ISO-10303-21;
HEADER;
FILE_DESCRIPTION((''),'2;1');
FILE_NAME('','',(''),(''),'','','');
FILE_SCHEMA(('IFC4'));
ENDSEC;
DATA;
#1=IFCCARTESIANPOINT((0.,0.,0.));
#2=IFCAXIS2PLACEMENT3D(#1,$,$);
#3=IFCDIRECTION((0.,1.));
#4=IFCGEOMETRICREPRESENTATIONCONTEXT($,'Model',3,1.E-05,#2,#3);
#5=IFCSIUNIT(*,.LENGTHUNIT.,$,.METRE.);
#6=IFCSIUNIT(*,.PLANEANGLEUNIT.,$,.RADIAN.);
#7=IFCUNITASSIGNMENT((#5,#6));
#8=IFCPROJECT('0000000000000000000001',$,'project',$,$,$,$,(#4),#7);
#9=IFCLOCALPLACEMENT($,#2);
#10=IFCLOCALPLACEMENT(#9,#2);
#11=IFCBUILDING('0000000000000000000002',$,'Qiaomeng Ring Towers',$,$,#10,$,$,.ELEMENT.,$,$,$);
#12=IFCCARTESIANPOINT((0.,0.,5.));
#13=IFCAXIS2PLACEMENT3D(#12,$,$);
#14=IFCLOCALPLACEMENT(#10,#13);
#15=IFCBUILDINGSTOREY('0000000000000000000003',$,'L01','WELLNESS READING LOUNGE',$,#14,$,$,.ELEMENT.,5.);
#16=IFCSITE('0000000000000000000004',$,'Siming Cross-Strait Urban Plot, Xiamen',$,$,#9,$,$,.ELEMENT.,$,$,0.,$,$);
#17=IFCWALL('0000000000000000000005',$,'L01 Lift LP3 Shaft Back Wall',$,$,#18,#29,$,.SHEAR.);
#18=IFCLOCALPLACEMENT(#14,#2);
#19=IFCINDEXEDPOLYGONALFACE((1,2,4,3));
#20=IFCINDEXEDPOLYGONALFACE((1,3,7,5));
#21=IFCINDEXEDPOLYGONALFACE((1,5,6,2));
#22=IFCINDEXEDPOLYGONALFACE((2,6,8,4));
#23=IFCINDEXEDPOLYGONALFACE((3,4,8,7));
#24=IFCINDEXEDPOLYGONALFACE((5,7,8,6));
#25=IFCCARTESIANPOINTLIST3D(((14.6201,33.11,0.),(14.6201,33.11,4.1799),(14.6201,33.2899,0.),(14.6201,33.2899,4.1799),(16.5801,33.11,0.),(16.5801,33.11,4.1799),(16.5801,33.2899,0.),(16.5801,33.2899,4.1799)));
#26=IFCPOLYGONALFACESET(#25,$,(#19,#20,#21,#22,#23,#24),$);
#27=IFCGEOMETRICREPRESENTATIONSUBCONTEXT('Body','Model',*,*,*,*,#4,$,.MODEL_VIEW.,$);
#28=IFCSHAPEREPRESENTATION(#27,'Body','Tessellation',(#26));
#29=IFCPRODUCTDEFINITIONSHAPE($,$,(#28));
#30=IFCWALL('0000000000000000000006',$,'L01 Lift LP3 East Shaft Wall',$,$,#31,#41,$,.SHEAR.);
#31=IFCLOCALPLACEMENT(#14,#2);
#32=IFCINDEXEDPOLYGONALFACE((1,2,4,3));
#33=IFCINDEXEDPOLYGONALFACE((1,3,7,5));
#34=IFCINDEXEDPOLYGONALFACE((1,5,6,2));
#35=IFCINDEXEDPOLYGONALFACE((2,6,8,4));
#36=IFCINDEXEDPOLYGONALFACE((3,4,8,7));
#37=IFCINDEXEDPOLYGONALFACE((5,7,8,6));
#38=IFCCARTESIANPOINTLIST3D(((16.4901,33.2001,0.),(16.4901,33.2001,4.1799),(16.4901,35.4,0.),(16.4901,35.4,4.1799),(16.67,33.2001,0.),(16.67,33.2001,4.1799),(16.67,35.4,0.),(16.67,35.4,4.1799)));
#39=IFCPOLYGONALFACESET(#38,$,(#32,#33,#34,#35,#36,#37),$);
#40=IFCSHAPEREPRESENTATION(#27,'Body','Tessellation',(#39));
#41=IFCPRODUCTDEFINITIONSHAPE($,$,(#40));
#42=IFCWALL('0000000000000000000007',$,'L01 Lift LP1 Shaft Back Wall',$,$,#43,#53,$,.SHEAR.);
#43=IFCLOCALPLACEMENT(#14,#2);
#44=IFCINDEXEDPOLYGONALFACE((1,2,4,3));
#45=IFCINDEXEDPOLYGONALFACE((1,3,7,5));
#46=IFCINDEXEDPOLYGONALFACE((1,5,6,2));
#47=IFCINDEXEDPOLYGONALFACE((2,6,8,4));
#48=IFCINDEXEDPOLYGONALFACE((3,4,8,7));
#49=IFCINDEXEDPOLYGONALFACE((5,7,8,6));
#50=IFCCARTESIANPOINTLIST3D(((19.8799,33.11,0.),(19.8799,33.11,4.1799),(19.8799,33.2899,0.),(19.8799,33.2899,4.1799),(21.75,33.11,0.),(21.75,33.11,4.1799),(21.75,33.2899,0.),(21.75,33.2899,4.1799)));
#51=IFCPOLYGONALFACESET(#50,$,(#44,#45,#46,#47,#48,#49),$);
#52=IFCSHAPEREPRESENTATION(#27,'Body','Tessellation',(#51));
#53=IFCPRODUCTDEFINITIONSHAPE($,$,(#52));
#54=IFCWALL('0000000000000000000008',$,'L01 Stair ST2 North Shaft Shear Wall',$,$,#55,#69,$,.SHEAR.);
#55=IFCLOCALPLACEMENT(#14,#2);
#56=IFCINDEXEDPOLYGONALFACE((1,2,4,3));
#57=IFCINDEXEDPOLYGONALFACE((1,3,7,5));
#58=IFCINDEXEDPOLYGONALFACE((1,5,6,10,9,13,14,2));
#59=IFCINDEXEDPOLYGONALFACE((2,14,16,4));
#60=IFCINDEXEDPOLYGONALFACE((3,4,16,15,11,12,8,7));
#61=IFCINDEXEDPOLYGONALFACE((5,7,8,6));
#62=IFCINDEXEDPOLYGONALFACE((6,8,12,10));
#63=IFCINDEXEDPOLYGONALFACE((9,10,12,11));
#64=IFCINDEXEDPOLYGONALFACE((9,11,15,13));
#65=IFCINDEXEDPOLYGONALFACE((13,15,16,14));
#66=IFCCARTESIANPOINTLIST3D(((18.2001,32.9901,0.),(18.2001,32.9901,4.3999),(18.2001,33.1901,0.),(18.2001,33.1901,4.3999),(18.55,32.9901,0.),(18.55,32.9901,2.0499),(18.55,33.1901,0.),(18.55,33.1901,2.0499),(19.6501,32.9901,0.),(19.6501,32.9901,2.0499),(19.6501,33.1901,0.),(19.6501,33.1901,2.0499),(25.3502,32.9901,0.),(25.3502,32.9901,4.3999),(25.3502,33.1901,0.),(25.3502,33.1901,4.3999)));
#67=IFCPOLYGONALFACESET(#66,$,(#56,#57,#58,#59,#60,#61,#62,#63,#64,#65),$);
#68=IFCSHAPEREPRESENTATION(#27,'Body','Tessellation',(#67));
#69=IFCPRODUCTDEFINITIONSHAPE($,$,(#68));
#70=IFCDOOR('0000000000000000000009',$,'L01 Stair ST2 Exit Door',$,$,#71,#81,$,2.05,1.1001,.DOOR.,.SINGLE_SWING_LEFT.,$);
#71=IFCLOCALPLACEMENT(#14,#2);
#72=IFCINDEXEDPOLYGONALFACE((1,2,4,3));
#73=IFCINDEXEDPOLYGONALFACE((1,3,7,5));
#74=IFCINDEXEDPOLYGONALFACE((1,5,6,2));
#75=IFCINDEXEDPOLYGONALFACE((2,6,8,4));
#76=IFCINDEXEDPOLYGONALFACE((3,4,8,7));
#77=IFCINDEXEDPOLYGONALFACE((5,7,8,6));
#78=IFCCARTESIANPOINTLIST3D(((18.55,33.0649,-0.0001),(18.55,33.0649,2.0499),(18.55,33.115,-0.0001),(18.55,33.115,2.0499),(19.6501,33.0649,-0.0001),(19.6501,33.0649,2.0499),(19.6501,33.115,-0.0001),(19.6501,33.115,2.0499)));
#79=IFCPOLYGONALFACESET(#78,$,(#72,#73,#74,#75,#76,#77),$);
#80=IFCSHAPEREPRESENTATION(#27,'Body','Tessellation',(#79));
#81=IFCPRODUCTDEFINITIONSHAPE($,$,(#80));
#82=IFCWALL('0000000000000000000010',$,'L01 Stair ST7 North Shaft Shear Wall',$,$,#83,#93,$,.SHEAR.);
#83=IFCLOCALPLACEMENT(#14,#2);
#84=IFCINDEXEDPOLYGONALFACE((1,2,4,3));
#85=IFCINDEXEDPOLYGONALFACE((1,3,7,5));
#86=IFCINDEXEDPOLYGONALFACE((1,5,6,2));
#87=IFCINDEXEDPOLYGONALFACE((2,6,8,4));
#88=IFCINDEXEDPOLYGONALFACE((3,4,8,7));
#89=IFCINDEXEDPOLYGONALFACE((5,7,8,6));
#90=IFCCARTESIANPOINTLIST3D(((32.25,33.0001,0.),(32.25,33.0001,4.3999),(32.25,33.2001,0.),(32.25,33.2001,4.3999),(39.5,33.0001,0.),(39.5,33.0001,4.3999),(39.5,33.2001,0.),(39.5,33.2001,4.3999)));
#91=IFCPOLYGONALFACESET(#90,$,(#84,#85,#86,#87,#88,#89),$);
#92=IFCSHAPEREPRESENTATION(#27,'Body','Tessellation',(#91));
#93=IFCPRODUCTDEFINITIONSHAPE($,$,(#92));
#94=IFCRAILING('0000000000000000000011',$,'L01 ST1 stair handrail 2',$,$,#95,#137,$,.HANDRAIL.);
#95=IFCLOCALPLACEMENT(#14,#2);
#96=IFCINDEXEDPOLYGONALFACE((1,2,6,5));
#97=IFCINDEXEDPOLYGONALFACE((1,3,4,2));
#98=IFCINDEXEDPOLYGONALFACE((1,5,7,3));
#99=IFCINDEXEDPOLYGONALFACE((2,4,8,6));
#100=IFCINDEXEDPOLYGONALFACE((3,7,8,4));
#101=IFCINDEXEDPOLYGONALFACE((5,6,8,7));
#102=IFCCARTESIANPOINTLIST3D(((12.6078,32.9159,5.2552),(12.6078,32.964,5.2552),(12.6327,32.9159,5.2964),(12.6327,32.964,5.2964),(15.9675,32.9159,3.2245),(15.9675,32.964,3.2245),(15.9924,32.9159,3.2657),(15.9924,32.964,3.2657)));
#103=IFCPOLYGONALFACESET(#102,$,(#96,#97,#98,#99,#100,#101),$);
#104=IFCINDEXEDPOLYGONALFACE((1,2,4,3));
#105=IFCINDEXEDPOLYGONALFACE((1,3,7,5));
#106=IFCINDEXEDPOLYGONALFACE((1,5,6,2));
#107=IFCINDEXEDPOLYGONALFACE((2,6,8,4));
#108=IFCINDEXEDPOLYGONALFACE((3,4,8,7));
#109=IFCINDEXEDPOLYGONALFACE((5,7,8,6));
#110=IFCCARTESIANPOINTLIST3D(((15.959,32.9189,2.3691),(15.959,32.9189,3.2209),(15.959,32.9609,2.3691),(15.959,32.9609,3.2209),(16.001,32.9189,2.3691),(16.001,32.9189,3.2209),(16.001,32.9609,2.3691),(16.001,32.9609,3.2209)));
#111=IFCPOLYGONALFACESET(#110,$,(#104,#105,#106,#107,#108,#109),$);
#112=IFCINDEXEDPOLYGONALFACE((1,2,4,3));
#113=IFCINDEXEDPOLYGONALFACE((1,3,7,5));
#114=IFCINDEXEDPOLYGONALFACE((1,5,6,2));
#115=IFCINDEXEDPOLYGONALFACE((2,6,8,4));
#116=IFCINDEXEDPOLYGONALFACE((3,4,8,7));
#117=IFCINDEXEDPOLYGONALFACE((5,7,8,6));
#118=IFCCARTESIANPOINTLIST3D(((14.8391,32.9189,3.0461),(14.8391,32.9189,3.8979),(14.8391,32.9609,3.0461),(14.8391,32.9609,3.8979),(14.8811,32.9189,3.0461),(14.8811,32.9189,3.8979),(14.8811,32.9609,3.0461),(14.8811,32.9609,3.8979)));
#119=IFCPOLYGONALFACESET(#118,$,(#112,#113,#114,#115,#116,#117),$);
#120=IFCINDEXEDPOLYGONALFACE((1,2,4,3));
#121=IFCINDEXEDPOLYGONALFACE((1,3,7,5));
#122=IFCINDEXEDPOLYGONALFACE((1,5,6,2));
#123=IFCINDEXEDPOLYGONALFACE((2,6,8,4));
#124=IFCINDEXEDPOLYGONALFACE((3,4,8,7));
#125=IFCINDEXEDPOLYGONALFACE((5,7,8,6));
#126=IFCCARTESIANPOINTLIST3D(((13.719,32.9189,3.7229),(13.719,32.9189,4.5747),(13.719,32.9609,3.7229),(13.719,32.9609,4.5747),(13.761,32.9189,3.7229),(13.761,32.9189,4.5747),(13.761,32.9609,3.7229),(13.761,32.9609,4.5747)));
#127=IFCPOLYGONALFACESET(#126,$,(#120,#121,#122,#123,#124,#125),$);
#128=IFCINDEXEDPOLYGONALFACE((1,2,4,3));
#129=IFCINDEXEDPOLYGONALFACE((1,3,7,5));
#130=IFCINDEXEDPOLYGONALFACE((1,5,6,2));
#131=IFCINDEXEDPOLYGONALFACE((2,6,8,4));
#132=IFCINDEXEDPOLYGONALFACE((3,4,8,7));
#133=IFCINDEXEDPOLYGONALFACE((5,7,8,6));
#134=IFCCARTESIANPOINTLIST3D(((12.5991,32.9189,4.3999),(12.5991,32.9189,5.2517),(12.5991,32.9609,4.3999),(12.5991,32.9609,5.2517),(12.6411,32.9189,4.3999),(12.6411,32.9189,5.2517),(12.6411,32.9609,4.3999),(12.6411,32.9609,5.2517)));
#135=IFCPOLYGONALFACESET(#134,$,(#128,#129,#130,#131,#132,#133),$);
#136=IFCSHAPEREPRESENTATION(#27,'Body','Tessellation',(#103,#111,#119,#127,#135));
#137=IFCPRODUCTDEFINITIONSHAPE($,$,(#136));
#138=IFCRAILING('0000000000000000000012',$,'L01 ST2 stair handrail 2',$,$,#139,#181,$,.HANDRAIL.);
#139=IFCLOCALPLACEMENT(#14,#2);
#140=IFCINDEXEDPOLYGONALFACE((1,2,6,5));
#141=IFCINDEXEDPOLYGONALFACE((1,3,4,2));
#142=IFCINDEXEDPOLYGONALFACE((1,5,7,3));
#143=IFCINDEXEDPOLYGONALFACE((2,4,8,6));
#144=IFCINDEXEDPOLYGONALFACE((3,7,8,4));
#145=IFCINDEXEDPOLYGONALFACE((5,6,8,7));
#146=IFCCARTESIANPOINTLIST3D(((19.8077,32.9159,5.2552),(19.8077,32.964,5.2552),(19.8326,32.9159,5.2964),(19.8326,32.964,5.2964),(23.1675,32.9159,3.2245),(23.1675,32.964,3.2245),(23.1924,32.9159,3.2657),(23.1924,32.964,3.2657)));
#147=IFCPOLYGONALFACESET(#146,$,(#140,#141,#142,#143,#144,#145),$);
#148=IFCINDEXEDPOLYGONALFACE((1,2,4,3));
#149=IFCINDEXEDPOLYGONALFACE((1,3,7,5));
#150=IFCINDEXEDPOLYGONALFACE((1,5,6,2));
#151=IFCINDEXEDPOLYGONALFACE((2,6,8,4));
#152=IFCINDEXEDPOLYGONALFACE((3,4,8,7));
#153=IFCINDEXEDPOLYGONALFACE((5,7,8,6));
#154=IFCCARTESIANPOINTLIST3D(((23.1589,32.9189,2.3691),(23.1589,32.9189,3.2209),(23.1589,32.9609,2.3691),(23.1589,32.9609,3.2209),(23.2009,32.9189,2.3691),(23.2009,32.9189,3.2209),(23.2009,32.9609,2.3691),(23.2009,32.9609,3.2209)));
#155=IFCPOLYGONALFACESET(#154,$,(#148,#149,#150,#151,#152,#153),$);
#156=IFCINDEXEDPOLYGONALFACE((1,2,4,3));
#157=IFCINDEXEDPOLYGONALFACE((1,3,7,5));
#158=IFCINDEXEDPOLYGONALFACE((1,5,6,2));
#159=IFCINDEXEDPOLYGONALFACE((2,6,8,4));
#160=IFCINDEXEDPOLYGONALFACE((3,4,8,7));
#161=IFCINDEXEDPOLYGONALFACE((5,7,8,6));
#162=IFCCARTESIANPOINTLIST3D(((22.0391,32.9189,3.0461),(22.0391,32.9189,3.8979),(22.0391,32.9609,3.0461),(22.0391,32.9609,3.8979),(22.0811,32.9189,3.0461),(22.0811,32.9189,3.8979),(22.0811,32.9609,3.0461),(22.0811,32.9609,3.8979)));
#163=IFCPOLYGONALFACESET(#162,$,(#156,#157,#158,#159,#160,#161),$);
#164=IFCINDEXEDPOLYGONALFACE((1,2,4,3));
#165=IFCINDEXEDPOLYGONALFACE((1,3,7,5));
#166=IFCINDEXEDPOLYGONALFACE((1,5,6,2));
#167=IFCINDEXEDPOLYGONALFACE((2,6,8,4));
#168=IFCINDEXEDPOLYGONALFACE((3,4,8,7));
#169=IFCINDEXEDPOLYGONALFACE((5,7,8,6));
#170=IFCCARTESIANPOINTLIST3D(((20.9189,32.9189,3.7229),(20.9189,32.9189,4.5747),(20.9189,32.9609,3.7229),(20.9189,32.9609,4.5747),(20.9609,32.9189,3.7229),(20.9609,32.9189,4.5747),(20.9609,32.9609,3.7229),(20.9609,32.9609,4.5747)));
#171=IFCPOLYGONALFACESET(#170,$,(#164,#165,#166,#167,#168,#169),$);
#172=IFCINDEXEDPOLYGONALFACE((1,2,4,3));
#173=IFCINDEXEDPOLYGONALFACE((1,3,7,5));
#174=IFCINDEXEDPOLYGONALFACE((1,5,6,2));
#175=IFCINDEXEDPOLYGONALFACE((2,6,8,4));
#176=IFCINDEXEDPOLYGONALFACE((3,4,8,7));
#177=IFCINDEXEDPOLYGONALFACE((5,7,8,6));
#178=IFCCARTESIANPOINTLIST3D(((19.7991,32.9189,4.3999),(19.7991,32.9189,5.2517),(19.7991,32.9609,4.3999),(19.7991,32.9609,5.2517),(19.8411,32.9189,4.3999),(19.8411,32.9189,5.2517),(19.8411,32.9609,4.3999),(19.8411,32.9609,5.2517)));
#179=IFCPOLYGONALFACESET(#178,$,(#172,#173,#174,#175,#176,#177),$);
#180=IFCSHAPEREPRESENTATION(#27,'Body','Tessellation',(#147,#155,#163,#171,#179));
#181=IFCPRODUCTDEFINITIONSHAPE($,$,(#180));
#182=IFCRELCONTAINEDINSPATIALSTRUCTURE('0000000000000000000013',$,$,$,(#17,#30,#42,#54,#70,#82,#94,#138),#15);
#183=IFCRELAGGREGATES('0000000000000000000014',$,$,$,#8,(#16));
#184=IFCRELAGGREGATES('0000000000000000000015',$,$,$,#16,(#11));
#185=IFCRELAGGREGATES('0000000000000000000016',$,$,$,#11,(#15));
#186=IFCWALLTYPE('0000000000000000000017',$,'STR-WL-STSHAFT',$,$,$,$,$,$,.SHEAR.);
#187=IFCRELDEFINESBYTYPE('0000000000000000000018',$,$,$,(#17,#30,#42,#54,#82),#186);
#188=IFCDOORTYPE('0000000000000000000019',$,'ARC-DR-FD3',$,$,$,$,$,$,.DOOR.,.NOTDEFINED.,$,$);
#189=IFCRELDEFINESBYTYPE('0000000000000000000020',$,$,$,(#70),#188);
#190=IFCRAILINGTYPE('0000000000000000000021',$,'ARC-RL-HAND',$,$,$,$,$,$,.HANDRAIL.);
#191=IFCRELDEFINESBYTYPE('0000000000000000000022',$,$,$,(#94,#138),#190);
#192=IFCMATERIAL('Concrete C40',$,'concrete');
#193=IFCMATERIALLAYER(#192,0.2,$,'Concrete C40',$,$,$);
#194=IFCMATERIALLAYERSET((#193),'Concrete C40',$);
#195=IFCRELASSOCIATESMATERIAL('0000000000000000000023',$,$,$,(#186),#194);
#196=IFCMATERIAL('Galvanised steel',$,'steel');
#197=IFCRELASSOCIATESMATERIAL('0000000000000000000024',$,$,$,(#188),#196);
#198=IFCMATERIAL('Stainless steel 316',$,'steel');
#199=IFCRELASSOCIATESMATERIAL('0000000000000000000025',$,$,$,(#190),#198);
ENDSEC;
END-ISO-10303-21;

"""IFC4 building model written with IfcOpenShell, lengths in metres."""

from ifc_helpers import new_model, si_unit, direction, frame, frame_2d, origin, origin_2d, place, context, subcontext, project, spatial, rectangle, extrude, source, transform, mapped, material, layer, layer_set, type_object, element, fill, save


model = new_model("IFC4")

# Units and contexts
model_context = context("Model", 3, precision=1e-05, world=origin(), true_north=direction((0.0, 1.0)))
body_context = subcontext(model_context, "Body", "Model", "MODEL_VIEW")
ifc_project = project(units=[si_unit("LENGTHUNIT", "METRE"), si_unit("PLANEANGLEUNIT", "RADIAN")], contexts=[model_context])

# Site, building, storey
site_placement = place(None, origin())
site = spatial("IfcSite", under=ifc_project, at=site_placement, Name="Siming Cross-Strait Urban Plot, Xiamen", CompositionType="ELEMENT", RefElevation=0.0)
building_placement = place(site_placement, origin())
building = spatial("IfcBuilding", under=site, at=building_placement, Name="Qiaomeng Ring Towers", CompositionType="ELEMENT")
storey_placement = place(building_placement, frame((0.0, 0.0, 5.0)))
storey = spatial("IfcBuildingStorey", under=building, at=storey_placement, Name="L01", Description="WELLNESS READING LOUNGE", CompositionType="ELEMENT", Elevation=5.0)

# Walls
ifc_material_1 = material(Name="Concrete C40", Category="concrete")
ifc_layer_1 = layer(ifc_material_1, 0.2, Name="Concrete C40")
ifc_layer_set_1 = layer_set([ifc_layer_1], Name="Concrete C40")
wall_type_1 = type_object("IfcWallType", Name="STR-WL-STSHAFT", PredefinedType="SHEAR", material=ifc_layer_set_1)
wall_1_placement = place(storey_placement, frame((14.6201, 33.2, 0.0), z_axis=(0.0, 0.0, 1.0), x_axis=(1.0, 0.0, 0.0)))
element("IfcWall", 1, at=wall_1_placement, inside=storey, type_object=wall_type_1, Name="L01 Lift LP3 Shaft Back Wall", PredefinedType="SHEAR", context=body_context, shape_type="SweptSolid", body=[
    extrude(rectangle(XDim=1.96, YDim=0.1799, at=frame_2d((0.98, 0.0))), origin(), (0.0, 0.0, 1.0), 4.1799),
])
wall_2_placement = place(storey_placement, frame((16.5801, 33.2, 0.0), z_axis=(0.0, 0.0, 1.0), x_axis=(0.0, 1.0, 0.0)))
element("IfcWall", 2, at=wall_2_placement, inside=storey, type_object=wall_type_1, Name="L01 Lift LP3 East Shaft Wall", PredefinedType="SHEAR", context=body_context, shape_type="SweptSolid", body=[
    extrude(rectangle(XDim=2.2, YDim=0.1799, at=frame_2d((1.1001, 0.0))), origin(), (0.0, 0.0, 1.0), 4.1799),
])
wall_3_placement = place(storey_placement, frame((19.8799, 33.2, 0.0), z_axis=(0.0, 0.0, 1.0), x_axis=(1.0, 0.0, 0.0)))
element("IfcWall", 3, at=wall_3_placement, inside=storey, type_object=wall_type_1, Name="L01 Lift LP1 Shaft Back Wall", PredefinedType="SHEAR", context=body_context, shape_type="SweptSolid", body=[
    extrude(rectangle(XDim=1.8701, YDim=0.1799, at=frame_2d((0.9351, 0.0))), origin(), (0.0, 0.0, 1.0), 4.1799),
])

# Wall, opening, door
wall_4_placement = place(storey_placement, frame((18.2, 33.0901, 0.0), z_axis=(0.0, 0.0, 1.0), x_axis=(1.0, 0.0, 0.0)))
wall_4 = element("IfcWall", 4, at=wall_4_placement, inside=storey, type_object=wall_type_1, Name="L01 Stair ST2 North Shaft Shear Wall", PredefinedType="SHEAR", context=body_context, shape_type="SweptSolid", body=[
    extrude(rectangle(XDim=7.1501, YDim=0.2, at=frame_2d((3.5752, 0.0))), origin(), (0.0, 0.0, 1.0), 4.3999),
])
opening_1_placement = place(wall_4_placement, frame((0.3501, 0.0, 0.0)))
opening_1 = element("IfcOpeningElement", 5, at=opening_1_placement, cuts=wall_4, PredefinedType="OPENING", context=body_context, shape_type="SweptSolid", body=[
    extrude(rectangle(XDim=1.1001, YDim=2.05, at=frame_2d((0.55, 1.0249))), frame((0.0, 0.1099, 0.0), z_axis=(0.0, -1.0, 0.0), x_axis=(1.0, 0.0, 0.0)), (0.0, 0.0, 1.0), 0.22),
])
ifc_material_2 = material(Name="Galvanised steel", Category="steel")
door_type_1 = type_object("IfcDoorType", Name="ARC-DR-FD3", OperationType="NOTDEFINED", PredefinedType="DOOR", material=ifc_material_2)
shared_shape_1 = source(origin(), body_context, "Body", "SweptSolid", [
    extrude(rectangle(XDim=1.1001, YDim=2.05, at=frame_2d((0.55, 1.0249))), frame((0.0, 0.0249, 0.0), z_axis=(0.0, -1.0, 0.0), x_axis=(1.0, 0.0, 0.0)), (0.0, 0.0, 1.0), 0.05),
])
door_1_placement = place(opening_1_placement, origin())
door_1 = element("IfcDoor", 6, at=door_1_placement, inside=storey, type_object=door_type_1, Name="L01 Stair ST2 Exit Door", OperationType="SINGLE_SWING_LEFT", OverallHeight=2.05, OverallWidth=1.1001, PredefinedType="DOOR", context=body_context, shape_type="MappedRepresentation", body=[
    mapped(shared_shape_1, transform((0.0, 0.0, 0.0), x_axis=(1.0, 0.0, 0.0), y_axis=(0.0, 1.0, 0.0), z_axis=(0.0, 0.0, 1.0), scale=1.0)),
])
fill(opening_1, door_1)

# Wall
wall_5_placement = place(storey_placement, frame((32.25, 33.1001, 0.0), z_axis=(0.0, 0.0, 1.0), x_axis=(1.0, 0.0, 0.0)))
element("IfcWall", 7, at=wall_5_placement, inside=storey, type_object=wall_type_1, Name="L01 Stair ST7 North Shaft Shear Wall", PredefinedType="SHEAR", context=body_context, shape_type="SweptSolid", body=[
    extrude(rectangle(XDim=7.25, YDim=0.2, at=frame_2d((3.625, 0.0))), origin(), (0.0, 0.0, 1.0), 4.3999),
])

# Railings
ifc_material_3 = material(Name="Stainless steel 316", Category="steel")
railing_type = type_object("IfcRailingType", Name="ARC-RL-HAND", PredefinedType="HANDRAIL", material=ifc_material_3)
for number, where, name in (
    (8, (15.98, 32.9399, 2.3691), "L01 ST1 stair handrail 2"),
    (9, (23.1799, 32.9399, 2.3691), "L01 ST2 stair handrail 2"),
):
    element("IfcRailing", number, at=place(storey_placement, frame(where)), inside=storey, type_object=railing_type, Name=name, PredefinedType="HANDRAIL", context=body_context, shape_type="SweptSolid", body=[
        extrude(rectangle(XDim=0.0481, YDim=0.0481, at=origin_2d()), frame((0.0, 0.0, 0.876), z_axis=(-0.85582, 0.0, 0.517273), x_axis=(0.0, -1.0, 0.0)), (0.0, 0.0, 1.0), 3.9258),
        extrude(rectangle(XDim=0.042, YDim=0.042, at=origin_2d()), origin(), (0.0, 0.0, 1.0), 0.8518),
        extrude(rectangle(XDim=0.042, YDim=0.042, at=origin_2d()), frame((-1.1199, 0.0, 0.677)), (0.0, 0.0, 1.0), 0.8518),
        extrude(rectangle(XDim=0.042, YDim=0.042, at=origin_2d()), frame((-2.24, 0.0, 1.3538)), (0.0, 0.0, 1.0), 0.8518),
        extrude(rectangle(XDim=0.042, YDim=0.042, at=origin_2d()), frame((-3.3599, 0.0, 2.0308)), (0.0, 0.0, 1.0), 0.8518),
    ])

save(model, "model.ifc")
